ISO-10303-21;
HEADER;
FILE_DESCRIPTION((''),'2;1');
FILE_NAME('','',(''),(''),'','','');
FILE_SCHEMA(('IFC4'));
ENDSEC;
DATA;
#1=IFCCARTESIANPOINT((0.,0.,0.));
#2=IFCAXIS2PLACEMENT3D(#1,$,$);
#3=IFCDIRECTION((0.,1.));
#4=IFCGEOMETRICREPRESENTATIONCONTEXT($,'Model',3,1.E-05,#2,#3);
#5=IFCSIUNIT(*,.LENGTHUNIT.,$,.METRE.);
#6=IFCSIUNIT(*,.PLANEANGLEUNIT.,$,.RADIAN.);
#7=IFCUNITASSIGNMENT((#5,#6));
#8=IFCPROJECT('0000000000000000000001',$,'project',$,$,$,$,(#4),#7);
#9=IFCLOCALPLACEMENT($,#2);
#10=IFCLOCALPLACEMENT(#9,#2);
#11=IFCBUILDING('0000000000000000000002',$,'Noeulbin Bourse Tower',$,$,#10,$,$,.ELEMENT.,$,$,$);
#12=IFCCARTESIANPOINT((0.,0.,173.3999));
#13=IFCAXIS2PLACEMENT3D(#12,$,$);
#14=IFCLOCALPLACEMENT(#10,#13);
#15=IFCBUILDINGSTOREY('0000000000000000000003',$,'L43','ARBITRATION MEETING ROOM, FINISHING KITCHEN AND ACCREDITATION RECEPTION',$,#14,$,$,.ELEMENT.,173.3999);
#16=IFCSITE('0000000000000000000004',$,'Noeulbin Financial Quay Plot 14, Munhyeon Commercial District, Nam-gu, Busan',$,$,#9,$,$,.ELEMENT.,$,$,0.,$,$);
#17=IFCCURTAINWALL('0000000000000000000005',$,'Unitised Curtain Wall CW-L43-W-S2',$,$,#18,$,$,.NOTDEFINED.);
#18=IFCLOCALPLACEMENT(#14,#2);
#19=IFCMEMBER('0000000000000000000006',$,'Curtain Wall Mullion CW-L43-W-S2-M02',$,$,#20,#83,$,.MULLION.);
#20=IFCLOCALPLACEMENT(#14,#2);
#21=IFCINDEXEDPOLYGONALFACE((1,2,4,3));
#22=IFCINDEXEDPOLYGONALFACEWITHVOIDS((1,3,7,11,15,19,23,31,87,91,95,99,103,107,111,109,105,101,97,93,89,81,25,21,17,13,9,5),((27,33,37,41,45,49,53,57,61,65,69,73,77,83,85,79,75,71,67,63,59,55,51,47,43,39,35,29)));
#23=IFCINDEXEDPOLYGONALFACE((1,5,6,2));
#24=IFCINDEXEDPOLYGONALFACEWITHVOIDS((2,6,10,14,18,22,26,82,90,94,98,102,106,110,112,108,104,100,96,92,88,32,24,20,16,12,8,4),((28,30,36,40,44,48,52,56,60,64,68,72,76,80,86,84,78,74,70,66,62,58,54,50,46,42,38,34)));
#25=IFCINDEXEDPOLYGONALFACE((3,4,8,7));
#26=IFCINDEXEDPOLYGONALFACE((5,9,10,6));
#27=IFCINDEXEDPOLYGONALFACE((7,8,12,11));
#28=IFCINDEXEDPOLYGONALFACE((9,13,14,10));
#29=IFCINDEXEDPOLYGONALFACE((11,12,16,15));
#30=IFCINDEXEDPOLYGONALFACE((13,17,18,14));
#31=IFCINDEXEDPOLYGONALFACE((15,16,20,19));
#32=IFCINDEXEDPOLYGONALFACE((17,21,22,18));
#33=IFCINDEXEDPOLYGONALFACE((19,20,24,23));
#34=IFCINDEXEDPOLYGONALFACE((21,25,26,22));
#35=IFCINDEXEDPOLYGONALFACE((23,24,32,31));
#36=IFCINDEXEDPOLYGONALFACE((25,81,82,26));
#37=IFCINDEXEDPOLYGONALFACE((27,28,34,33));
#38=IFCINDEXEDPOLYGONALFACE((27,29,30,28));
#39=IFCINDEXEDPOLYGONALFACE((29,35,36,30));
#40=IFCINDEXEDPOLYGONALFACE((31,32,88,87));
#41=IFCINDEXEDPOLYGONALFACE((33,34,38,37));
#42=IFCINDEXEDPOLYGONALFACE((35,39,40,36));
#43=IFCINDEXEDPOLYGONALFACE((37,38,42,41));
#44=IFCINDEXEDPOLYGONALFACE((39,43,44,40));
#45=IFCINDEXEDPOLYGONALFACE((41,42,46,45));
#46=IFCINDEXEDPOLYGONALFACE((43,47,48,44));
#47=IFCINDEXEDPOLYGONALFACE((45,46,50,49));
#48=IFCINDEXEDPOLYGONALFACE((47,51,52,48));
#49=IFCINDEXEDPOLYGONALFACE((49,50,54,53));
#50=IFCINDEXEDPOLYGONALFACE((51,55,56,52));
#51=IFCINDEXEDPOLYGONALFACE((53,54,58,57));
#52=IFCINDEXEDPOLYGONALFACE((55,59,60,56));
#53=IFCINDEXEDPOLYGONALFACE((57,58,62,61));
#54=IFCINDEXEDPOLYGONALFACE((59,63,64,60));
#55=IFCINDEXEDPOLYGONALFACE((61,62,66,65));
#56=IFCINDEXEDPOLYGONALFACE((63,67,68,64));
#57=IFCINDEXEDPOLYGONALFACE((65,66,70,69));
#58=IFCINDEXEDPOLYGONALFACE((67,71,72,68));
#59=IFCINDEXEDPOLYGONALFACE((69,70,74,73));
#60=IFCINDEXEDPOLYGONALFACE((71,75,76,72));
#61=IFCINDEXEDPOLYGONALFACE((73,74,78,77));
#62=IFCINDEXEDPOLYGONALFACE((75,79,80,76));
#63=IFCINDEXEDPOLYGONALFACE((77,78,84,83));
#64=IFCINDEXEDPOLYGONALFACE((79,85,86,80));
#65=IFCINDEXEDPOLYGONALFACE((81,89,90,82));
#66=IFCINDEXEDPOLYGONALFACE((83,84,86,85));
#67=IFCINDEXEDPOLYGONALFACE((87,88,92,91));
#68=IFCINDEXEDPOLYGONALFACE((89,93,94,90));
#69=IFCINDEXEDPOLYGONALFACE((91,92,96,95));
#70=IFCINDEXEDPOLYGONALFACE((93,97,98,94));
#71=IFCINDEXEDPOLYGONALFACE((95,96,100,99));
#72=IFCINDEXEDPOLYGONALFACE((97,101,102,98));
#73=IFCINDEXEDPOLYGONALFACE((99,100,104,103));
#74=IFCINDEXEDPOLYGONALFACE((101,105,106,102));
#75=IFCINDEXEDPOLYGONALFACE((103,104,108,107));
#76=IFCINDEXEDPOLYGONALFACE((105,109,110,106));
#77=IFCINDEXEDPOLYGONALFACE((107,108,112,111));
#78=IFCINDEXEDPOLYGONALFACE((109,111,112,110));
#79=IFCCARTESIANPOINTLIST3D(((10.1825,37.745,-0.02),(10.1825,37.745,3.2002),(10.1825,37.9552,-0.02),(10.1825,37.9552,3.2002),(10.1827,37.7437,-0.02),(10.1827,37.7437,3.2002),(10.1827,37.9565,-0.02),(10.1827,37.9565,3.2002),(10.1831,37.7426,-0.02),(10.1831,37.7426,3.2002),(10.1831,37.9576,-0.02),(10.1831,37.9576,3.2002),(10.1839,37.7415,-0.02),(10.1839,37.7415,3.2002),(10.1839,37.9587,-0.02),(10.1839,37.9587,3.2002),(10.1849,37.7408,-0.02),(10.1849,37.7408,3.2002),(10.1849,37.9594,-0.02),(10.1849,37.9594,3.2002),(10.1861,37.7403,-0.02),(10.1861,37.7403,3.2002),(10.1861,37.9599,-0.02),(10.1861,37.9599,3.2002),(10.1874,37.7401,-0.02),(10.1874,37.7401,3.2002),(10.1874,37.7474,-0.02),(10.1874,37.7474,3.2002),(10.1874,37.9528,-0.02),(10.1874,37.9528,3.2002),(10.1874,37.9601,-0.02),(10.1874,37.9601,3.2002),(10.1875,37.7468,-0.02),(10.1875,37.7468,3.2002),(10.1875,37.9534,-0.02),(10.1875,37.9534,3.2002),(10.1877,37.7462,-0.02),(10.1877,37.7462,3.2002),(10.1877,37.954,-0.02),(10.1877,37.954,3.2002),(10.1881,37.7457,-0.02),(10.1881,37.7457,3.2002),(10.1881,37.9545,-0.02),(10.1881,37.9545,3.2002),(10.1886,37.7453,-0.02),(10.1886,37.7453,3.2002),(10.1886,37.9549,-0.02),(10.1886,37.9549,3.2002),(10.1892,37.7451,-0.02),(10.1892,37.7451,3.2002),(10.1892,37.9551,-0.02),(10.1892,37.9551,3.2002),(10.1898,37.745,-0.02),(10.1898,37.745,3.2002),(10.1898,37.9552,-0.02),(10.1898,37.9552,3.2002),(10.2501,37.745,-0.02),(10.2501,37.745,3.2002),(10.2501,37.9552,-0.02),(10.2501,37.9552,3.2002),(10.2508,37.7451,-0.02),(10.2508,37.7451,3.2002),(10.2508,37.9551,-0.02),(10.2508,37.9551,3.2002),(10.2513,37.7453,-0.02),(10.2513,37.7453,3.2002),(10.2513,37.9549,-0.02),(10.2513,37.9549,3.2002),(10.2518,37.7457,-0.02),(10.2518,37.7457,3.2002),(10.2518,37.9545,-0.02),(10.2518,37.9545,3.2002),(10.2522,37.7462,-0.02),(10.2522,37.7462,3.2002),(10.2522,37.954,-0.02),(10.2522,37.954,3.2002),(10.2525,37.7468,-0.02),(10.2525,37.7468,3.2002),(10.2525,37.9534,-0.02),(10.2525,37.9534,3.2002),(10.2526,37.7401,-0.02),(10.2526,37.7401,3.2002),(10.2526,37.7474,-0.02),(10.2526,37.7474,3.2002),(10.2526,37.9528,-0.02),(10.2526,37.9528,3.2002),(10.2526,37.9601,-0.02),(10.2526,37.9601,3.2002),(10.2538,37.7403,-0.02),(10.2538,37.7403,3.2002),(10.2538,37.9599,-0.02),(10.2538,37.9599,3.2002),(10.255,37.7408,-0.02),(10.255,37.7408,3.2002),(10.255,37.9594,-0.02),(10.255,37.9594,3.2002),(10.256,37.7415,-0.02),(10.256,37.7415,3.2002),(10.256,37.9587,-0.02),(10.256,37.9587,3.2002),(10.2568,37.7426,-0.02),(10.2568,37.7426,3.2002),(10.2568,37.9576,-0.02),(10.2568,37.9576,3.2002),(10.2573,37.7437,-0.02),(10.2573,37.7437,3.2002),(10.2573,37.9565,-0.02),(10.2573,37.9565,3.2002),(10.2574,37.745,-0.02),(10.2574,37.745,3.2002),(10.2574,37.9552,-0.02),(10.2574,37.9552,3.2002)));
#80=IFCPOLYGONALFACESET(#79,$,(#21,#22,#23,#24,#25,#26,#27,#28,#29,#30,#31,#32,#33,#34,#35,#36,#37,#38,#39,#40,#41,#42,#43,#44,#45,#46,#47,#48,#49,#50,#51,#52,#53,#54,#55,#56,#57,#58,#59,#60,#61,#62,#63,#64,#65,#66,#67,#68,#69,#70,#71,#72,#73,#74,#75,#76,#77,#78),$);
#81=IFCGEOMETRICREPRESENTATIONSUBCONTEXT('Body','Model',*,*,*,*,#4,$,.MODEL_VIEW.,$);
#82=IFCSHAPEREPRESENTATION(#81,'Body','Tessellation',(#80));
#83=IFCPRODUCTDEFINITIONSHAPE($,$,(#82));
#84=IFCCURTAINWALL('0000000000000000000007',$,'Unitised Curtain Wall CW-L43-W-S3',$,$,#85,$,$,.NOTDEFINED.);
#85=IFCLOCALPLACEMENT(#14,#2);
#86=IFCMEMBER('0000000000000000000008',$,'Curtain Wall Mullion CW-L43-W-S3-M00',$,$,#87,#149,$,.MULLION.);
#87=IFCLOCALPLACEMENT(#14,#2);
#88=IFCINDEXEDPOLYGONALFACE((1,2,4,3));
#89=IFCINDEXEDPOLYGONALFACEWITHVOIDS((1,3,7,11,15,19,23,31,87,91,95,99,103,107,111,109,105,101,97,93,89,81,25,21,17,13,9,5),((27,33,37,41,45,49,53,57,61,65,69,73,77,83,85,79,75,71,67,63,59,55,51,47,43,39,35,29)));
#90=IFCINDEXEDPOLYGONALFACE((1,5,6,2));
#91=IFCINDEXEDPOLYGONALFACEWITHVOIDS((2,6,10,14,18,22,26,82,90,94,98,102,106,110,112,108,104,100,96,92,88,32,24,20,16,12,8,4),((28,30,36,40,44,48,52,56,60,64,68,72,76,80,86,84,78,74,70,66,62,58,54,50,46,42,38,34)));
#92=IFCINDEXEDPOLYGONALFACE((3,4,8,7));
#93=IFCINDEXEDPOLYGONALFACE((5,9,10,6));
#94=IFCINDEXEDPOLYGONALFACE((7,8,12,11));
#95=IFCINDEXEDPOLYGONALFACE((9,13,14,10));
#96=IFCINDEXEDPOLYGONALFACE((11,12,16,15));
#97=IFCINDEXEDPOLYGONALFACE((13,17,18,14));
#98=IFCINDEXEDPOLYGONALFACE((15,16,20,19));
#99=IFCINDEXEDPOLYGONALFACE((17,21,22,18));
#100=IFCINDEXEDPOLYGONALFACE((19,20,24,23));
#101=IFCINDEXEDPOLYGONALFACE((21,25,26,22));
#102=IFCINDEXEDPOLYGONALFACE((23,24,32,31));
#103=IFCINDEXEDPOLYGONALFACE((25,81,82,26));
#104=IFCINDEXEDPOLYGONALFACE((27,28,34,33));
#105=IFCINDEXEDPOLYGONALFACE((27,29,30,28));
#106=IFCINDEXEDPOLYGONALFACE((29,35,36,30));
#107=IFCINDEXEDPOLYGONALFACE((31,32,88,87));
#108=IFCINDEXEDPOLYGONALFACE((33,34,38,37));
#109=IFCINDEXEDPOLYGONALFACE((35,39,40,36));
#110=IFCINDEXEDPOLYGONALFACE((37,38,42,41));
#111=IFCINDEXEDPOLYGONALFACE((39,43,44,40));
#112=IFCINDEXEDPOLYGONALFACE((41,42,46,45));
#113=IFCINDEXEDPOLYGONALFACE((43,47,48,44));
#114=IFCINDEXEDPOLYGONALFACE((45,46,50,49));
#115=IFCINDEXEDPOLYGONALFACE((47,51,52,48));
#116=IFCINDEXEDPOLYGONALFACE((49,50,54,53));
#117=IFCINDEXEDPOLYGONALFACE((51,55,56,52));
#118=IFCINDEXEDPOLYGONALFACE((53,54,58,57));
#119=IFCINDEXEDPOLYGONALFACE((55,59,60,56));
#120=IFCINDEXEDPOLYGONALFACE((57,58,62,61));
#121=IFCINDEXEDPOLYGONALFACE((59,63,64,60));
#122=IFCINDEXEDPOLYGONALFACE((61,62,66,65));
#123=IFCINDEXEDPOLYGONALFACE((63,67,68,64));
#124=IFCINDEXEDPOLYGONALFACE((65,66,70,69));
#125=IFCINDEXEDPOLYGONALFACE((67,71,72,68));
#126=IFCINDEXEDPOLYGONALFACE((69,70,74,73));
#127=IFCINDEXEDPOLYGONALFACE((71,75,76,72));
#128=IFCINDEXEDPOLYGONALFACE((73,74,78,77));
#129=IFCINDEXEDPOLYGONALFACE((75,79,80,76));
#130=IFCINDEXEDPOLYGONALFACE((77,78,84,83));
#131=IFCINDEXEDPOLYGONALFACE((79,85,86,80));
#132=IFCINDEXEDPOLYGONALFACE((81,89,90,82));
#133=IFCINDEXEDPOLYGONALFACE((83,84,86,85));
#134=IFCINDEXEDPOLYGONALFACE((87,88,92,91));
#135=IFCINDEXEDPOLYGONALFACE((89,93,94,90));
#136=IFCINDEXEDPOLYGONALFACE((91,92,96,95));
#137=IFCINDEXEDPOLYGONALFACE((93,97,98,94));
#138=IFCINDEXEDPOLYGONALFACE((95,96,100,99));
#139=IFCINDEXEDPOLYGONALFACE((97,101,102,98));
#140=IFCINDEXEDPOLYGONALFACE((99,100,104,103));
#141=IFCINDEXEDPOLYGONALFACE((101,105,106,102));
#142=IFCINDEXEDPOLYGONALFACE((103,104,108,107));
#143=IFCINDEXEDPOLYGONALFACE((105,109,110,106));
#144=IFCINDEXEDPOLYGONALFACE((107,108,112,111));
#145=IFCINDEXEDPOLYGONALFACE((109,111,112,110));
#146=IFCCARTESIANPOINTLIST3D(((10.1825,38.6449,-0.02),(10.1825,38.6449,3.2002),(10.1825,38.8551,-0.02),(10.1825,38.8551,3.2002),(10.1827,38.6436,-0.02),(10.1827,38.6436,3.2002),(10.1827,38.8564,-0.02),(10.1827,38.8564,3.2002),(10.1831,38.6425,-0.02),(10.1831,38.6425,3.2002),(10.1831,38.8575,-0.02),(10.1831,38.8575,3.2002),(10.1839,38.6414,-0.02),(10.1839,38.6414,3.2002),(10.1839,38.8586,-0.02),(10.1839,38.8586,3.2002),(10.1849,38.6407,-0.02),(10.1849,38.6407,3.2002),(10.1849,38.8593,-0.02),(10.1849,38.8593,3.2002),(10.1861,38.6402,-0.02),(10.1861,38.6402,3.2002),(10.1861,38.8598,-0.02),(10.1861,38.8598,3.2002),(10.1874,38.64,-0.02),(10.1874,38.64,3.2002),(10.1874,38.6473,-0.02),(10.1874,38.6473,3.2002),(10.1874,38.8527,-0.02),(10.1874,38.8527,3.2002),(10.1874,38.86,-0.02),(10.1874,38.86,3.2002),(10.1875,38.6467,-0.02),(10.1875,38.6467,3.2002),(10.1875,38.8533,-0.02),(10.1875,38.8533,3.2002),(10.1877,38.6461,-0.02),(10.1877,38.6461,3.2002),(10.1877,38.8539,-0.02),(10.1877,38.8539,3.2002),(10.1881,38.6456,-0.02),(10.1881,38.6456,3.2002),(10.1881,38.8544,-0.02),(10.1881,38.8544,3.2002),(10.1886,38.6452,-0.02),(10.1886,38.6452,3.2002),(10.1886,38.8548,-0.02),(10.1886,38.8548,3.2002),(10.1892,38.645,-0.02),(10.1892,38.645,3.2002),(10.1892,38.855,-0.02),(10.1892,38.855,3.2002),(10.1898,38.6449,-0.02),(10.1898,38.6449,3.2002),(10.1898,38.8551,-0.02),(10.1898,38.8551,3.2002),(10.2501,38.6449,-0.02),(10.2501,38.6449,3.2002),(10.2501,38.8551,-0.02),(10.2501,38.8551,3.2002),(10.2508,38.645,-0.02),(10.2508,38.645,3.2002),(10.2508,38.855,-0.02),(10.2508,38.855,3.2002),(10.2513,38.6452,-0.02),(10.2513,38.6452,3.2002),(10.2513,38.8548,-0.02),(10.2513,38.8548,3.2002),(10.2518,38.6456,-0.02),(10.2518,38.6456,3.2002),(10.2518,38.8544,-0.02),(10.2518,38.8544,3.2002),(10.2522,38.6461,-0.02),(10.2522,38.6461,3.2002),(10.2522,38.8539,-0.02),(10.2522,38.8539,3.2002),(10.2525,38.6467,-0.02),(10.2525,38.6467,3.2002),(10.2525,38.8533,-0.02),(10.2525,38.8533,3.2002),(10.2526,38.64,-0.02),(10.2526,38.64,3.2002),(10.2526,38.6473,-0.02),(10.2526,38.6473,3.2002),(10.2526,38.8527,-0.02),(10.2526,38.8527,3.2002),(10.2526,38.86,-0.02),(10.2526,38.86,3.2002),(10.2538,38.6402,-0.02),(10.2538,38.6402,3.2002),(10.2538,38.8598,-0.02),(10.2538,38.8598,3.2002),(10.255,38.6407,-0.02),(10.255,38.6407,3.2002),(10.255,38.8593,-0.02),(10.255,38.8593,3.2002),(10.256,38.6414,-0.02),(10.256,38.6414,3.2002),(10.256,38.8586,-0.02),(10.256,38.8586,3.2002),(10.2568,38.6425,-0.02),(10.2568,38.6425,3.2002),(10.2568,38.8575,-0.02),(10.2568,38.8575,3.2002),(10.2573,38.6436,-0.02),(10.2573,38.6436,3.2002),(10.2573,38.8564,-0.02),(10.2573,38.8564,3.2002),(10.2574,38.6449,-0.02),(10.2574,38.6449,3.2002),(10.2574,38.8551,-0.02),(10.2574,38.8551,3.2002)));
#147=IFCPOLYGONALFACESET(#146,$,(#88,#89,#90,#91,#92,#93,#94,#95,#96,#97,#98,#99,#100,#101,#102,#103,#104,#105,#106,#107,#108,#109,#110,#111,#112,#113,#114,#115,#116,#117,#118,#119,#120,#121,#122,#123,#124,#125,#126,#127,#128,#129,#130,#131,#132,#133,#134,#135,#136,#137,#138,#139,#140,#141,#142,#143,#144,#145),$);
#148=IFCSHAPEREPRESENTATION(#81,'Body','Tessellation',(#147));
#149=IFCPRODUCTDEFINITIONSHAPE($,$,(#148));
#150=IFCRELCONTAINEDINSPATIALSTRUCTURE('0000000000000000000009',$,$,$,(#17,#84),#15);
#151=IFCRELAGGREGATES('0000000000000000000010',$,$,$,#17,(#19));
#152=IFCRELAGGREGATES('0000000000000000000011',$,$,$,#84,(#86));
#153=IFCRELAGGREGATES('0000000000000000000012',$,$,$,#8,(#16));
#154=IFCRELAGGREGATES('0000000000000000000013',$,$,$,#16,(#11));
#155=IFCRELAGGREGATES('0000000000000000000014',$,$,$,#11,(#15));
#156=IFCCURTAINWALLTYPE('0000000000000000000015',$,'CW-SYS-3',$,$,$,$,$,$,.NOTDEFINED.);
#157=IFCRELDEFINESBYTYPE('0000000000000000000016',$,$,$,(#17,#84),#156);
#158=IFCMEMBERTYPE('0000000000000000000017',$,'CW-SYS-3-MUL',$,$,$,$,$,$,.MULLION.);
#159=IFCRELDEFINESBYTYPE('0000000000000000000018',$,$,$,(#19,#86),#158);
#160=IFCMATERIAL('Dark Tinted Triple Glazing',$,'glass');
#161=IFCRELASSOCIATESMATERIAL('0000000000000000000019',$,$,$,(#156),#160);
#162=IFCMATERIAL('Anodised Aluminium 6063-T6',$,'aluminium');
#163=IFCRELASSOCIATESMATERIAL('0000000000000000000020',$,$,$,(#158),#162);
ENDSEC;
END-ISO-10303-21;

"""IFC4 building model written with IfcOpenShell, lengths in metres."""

from ifc_helpers import new_model, si_unit, direction, frame, origin, origin_2d, place, context, subcontext, project, spatial, hollow_rectangle, extrude, material, material_profile, profile_set, type_object, element, aggregate, save


model = new_model("IFC4")

# Units and contexts
model_context = context("Model", 3, precision=1e-05, world=origin(), true_north=direction((0.0, 1.0)))
body_context = subcontext(model_context, "Body", "Model", "MODEL_VIEW")
ifc_project = project(units=[si_unit("LENGTHUNIT", "METRE"), si_unit("PLANEANGLEUNIT", "RADIAN")], contexts=[model_context])

# Site, building, storey
site_placement = place(None, origin())
site = spatial("IfcSite", under=ifc_project, at=site_placement, Name="Noeulbin Financial Quay Plot 14, Munhyeon Commercial District, Nam-gu, Busan", CompositionType="ELEMENT", RefElevation=0.0)
building_placement = place(site_placement, origin())
building = spatial("IfcBuilding", under=site, at=building_placement, Name="Noeulbin Bourse Tower", CompositionType="ELEMENT")
storey_placement = place(building_placement, frame((0.0, 0.0, 173.3999)))
storey = spatial("IfcBuildingStorey", under=building, at=storey_placement, Name="L43", Description="ARBITRATION MEETING ROOM, FINISHING KITCHEN AND ACCREDITATION RECEPTION", CompositionType="ELEMENT", Elevation=173.3999)

# Curtain wall, member
ifc_material_1 = material(Name="Dark Tinted Triple Glazing", Category="glass")
curtain_wall_type = type_object("IfcCurtainWallType", Name="CW-SYS-3", PredefinedType="NOTDEFINED", material=ifc_material_1)
ifc_material_2 = material(Name="Anodised Aluminium 6063-T6", Category="aluminium")
ifc_material_profile_1 = material_profile(ifc_material_2, hollow_rectangle(XDim=0.075, YDim=0.22, WallThickness=0.0049, InnerFilletRadius=0.0024, OuterFilletRadius=0.0049, at=origin_2d()), Name="ALU-MULL-75x220x5", Category="LoadBearing")
ifc_profile_set_1 = profile_set([ifc_material_profile_1], Name="Anodised Aluminium 6063-T6")
member_type_1 = type_object("IfcMemberType", Name="CW-SYS-3-MUL", PredefinedType="MULLION", material=ifc_profile_set_1)
curtain_wall_1_placement = place(storey_placement, origin())
curtain_wall_1 = element("IfcCurtainWall", 1, at=curtain_wall_1_placement, inside=storey, type_object=curtain_wall_type, Name="Unitised Curtain Wall CW-L43-W-S2", PredefinedType="NOTDEFINED")
member_1_placement = place(storey_placement, frame((10.22, 37.8501, -0.02), z_axis=(0.0, 0.0, 1.0), x_axis=(1.0, 0.0, 0.0)))
member_1 = element("IfcMember", 2, at=member_1_placement, type_object=member_type_1, Name="Curtain Wall Mullion CW-L43-W-S2-M02", PredefinedType="MULLION", context=body_context, shape_type="SweptSolid", body=[
    extrude(hollow_rectangle(XDim=0.075, YDim=0.22, WallThickness=0.0049, InnerFilletRadius=0.0024, OuterFilletRadius=0.0049, at=origin_2d()), origin(), (0.0, 0.0, 1.0), 3.2202),
])
aggregate(curtain_wall_1, [member_1])

# Curtain wall, member
curtain_wall_2_placement = place(storey_placement, origin())
curtain_wall_2 = element("IfcCurtainWall", 3, at=curtain_wall_2_placement, inside=storey, type_object=curtain_wall_type, Name="Unitised Curtain Wall CW-L43-W-S3", PredefinedType="NOTDEFINED")
member_2_placement = place(storey_placement, frame((10.22, 38.75, -0.02), z_axis=(0.0, 0.0, 1.0), x_axis=(1.0, 0.0, 0.0)))
member_2 = element("IfcMember", 4, at=member_2_placement, type_object=member_type_1, Name="Curtain Wall Mullion CW-L43-W-S3-M00", PredefinedType="MULLION", context=body_context, shape_type="SweptSolid", body=[
    extrude(hollow_rectangle(XDim=0.075, YDim=0.22, WallThickness=0.0049, InnerFilletRadius=0.0024, OuterFilletRadius=0.0049, at=origin_2d()), origin(), (0.0, 0.0, 1.0), 3.2202),
])

aggregate(curtain_wall_2, [member_2])

save(model, "model.ifc")
